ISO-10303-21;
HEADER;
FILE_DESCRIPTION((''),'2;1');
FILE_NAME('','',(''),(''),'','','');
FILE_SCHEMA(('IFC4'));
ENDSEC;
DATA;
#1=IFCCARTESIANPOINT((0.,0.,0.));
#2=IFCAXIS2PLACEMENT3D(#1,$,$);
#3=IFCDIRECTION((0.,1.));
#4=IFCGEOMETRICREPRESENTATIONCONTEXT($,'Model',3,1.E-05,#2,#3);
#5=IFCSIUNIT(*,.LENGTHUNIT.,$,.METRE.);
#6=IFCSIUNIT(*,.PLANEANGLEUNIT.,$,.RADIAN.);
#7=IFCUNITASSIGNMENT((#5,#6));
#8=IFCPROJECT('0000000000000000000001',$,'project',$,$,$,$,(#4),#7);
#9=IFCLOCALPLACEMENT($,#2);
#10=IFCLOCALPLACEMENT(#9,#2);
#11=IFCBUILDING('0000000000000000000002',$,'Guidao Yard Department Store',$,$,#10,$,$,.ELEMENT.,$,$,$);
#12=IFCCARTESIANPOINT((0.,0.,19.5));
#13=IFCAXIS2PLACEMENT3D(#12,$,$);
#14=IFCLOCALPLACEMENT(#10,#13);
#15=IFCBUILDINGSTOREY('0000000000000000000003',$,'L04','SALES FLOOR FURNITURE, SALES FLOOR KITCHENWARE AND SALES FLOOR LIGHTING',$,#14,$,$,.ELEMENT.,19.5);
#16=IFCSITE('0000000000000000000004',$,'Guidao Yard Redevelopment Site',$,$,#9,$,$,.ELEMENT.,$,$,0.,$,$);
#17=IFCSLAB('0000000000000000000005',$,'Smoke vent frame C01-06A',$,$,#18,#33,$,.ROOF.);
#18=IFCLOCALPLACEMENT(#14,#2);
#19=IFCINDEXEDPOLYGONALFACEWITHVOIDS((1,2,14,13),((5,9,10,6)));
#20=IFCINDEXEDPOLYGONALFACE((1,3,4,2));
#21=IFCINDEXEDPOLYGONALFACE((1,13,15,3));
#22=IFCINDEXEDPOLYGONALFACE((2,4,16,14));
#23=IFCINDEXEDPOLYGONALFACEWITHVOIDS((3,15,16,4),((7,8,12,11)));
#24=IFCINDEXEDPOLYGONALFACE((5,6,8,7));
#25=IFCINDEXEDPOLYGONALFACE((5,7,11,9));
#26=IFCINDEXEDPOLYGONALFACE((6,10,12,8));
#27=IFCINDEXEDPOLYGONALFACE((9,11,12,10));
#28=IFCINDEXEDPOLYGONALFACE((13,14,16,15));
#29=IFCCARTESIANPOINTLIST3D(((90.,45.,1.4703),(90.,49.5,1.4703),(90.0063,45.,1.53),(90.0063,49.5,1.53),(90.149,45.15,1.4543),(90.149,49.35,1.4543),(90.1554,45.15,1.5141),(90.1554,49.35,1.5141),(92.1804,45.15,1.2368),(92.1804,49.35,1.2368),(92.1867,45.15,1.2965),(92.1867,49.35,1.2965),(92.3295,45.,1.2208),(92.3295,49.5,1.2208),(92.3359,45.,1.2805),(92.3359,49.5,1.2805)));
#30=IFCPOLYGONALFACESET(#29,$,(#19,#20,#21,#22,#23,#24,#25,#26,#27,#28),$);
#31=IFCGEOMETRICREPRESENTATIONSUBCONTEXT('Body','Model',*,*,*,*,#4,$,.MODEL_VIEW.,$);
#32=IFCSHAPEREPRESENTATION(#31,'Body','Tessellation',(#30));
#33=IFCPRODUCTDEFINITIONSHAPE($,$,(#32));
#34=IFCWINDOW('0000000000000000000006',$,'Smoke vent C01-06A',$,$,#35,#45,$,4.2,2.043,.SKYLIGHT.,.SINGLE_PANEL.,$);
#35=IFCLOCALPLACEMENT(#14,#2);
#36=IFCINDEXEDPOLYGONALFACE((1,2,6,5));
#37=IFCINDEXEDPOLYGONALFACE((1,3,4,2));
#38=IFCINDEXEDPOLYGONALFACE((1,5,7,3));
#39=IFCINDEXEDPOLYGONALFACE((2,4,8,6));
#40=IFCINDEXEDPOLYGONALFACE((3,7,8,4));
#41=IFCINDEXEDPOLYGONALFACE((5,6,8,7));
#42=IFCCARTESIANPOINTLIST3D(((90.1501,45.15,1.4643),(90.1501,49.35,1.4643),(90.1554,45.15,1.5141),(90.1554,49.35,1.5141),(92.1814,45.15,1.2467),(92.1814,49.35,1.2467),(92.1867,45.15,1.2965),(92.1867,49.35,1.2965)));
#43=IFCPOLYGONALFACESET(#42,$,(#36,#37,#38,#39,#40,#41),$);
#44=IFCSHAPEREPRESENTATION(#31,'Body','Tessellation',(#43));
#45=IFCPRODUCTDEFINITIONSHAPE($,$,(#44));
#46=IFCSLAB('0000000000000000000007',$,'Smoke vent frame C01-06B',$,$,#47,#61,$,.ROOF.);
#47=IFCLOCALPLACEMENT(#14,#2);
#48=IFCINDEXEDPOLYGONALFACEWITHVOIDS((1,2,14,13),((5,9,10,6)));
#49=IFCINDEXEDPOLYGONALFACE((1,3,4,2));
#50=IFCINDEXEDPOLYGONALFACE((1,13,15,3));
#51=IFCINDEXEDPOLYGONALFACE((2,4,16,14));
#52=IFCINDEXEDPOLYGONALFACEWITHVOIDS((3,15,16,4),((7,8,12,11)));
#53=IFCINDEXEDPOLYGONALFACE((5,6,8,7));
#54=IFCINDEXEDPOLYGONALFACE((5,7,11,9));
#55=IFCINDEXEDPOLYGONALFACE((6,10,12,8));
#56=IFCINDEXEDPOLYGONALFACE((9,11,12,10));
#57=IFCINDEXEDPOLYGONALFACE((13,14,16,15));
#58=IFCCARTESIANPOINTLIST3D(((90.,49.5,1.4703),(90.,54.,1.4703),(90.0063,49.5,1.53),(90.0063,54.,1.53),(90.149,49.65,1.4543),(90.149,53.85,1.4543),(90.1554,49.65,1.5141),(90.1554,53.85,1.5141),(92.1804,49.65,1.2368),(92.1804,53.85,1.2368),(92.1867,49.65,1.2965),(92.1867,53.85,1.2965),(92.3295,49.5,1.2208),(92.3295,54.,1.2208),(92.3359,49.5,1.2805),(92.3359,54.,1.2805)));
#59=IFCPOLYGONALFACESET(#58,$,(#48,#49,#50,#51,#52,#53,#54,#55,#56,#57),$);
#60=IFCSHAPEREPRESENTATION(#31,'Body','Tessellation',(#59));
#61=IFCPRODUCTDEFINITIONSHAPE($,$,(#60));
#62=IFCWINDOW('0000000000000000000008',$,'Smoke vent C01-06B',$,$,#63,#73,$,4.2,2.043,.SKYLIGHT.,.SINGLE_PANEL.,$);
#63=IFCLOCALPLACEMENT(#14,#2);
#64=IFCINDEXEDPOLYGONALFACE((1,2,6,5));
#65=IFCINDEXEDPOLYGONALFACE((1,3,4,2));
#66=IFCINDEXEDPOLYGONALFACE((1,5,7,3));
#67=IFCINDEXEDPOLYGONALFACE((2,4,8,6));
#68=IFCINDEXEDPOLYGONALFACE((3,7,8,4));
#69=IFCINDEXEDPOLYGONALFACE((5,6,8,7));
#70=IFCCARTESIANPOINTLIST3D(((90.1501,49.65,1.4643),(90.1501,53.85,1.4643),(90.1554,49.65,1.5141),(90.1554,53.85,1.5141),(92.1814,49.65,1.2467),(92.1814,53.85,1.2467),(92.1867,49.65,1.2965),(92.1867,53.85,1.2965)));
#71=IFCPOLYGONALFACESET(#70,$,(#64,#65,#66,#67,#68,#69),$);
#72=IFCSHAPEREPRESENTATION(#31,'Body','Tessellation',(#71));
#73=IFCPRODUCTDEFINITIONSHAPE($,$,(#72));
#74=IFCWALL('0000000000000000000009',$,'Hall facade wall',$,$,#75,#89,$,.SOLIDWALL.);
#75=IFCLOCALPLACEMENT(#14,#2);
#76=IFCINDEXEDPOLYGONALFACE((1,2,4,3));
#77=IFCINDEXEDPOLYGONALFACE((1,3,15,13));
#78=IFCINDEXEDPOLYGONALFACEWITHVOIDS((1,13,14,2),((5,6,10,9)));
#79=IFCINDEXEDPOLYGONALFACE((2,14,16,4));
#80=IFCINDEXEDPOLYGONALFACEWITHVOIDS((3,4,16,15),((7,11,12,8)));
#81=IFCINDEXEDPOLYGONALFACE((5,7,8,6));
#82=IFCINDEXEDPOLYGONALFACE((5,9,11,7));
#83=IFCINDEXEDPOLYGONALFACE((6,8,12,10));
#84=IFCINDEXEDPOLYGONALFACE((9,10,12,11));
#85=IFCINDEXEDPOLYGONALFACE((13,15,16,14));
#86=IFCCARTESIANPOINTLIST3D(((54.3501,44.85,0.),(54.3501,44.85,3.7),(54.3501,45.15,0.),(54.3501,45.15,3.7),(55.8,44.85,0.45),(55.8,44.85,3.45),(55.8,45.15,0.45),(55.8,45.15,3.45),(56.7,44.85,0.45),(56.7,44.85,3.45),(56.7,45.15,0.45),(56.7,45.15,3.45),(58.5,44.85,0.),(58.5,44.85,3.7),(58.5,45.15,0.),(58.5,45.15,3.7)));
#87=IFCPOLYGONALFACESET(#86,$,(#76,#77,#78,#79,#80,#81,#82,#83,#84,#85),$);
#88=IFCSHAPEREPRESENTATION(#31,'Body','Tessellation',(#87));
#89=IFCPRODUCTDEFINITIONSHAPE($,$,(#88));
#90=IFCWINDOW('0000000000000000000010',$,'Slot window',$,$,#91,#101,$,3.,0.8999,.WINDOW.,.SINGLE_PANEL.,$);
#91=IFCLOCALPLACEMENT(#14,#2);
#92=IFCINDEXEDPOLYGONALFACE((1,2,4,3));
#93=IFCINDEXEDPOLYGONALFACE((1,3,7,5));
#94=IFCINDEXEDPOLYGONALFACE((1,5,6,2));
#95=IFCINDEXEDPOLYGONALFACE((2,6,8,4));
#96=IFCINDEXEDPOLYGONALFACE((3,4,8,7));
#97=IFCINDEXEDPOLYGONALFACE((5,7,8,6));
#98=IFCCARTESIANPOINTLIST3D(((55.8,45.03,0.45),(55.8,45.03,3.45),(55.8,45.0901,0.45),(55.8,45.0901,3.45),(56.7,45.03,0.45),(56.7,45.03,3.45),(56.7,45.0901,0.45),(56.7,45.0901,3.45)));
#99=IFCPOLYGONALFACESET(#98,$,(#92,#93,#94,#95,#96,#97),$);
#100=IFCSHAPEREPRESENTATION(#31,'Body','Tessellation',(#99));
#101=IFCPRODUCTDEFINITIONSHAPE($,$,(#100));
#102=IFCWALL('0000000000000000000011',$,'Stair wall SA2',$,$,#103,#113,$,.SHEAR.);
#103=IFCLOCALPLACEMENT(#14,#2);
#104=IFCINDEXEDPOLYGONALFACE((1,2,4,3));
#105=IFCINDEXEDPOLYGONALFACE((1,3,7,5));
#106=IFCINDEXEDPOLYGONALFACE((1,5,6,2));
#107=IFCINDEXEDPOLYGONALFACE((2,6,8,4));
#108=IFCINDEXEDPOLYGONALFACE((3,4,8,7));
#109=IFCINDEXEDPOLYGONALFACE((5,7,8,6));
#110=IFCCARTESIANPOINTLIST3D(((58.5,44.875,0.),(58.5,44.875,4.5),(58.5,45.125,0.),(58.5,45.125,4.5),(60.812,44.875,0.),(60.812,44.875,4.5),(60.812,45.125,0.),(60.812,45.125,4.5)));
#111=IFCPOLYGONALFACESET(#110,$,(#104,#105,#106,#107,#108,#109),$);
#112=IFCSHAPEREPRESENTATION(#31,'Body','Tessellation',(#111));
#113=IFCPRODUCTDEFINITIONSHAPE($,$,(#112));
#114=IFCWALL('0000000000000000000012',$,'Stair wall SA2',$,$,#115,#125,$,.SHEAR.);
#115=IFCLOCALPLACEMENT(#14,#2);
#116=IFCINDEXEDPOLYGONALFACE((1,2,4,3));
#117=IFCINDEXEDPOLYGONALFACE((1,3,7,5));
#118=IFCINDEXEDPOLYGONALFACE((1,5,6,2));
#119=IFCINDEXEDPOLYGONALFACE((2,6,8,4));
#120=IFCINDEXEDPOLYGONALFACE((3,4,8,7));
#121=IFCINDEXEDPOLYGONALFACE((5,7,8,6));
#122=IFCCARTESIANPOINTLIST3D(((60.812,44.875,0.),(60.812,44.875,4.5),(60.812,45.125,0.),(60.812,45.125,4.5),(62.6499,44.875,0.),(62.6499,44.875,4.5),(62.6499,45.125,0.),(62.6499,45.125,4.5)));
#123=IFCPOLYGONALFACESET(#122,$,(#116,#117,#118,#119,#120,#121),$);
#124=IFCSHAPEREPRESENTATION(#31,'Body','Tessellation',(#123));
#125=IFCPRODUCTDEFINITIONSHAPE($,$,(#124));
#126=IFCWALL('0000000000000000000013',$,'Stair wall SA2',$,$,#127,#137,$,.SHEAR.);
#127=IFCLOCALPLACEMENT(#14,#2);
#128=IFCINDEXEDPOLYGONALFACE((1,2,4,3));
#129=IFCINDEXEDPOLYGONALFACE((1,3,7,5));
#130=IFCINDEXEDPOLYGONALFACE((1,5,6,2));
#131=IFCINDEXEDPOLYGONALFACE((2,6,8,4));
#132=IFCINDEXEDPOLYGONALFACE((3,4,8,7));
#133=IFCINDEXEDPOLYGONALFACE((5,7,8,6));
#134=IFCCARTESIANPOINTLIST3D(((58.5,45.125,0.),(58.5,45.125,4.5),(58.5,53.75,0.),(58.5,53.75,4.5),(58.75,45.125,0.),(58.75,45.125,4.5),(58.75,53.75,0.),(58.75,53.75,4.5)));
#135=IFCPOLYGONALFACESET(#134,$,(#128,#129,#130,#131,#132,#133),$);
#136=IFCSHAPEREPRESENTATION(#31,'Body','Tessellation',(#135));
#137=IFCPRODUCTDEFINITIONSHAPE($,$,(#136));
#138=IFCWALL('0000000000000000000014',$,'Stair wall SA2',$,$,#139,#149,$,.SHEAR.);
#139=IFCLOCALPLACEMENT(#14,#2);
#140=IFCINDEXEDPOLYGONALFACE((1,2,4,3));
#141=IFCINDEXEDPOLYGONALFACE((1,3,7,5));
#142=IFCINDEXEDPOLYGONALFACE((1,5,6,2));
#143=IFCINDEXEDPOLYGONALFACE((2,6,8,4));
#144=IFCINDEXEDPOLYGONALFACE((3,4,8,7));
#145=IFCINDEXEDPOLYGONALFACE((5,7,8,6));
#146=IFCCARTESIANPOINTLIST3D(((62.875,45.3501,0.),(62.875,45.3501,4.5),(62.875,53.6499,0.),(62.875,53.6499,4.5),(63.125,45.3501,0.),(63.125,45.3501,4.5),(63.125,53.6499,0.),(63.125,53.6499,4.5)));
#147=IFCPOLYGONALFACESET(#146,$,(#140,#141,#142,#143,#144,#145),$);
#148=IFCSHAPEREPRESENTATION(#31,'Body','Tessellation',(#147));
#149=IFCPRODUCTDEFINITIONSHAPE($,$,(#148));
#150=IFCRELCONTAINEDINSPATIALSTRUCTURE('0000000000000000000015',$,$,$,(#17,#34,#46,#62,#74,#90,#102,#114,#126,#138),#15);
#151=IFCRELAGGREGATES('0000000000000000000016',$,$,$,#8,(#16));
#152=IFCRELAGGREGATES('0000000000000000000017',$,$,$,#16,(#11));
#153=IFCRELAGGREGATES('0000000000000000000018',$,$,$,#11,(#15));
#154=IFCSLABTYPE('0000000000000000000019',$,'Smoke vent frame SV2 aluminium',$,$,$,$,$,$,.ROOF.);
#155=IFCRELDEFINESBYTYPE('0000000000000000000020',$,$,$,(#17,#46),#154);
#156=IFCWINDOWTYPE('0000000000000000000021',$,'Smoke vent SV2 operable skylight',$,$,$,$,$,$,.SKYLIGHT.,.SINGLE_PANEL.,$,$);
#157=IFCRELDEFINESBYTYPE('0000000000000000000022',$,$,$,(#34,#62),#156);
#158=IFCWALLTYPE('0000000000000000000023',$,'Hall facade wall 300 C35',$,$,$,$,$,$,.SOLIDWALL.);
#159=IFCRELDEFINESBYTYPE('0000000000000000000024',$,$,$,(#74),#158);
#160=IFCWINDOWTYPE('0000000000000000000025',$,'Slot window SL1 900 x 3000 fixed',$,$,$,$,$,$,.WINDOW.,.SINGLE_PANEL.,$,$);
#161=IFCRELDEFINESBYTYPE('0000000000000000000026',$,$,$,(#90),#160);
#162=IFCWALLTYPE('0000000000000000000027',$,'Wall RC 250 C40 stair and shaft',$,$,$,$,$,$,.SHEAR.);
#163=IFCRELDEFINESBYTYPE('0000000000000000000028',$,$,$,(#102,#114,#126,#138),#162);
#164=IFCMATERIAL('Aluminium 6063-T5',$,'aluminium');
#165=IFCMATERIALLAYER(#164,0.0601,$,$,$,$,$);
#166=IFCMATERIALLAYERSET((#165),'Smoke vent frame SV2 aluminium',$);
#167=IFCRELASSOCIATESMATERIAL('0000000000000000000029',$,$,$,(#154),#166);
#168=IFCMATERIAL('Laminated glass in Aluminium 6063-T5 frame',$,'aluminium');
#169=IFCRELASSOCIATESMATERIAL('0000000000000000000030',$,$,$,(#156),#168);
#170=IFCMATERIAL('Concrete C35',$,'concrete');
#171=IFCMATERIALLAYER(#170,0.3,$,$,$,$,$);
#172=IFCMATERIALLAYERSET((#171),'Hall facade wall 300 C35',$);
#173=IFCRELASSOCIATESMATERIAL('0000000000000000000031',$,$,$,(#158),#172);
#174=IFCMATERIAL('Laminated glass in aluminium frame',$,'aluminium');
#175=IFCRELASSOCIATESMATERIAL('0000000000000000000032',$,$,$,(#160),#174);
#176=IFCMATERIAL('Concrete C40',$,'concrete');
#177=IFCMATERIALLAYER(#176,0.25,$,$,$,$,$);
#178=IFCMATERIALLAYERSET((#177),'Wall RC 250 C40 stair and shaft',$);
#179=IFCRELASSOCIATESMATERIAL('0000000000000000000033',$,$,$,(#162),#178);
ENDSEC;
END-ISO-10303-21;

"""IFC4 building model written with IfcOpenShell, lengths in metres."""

from ifc_helpers import new_model, si_unit, direction, frame, frame_2d, origin, origin_2d, place, context, subcontext, project, spatial, polyline, rectangle, outline, extrude, material, layer, layer_set, type_object, element, fill, save


model = new_model("IFC4")

# Units and contexts
model_context = context("Model", 3, precision=1e-05, world=origin(), true_north=direction((0.0, 1.0)))
body_context = subcontext(model_context, "Body", "Model", "MODEL_VIEW")
ifc_project = project(units=[si_unit("LENGTHUNIT", "METRE"), si_unit("PLANEANGLEUNIT", "RADIAN")], contexts=[model_context])

# Site, building, storey
site_placement = place(None, origin())
site = spatial("IfcSite", under=ifc_project, at=site_placement, Name="Guidao Yard Redevelopment Site", CompositionType="ELEMENT", RefElevation=0.0)
building_placement = place(site_placement, origin())
building = spatial("IfcBuilding", under=site, at=building_placement, Name="Guidao Yard Department Store", CompositionType="ELEMENT")
storey_placement = place(building_placement, frame((0.0, 0.0, 19.5)))
storey = spatial("IfcBuildingStorey", under=building, at=storey_placement, Name="L04", Description="SALES FLOOR FURNITURE, SALES FLOOR KITCHENWARE AND SALES FLOOR LIGHTING", CompositionType="ELEMENT", Elevation=19.5)

# Slabs, openings, windows
ifc_material_1 = material(Name="Aluminium 6063-T5", Category="aluminium")
ifc_layer_1 = layer(ifc_material_1, 0.0601)
ifc_layer_set_1 = layer_set([ifc_layer_1], Name="Smoke vent frame SV2 aluminium")
slab_type = type_object("IfcSlabType", Name="Smoke vent frame SV2 aluminium", PredefinedType="ROOF", material=ifc_layer_set_1)
ifc_material_2 = material(Name="Laminated glass in Aluminium 6063-T5 frame", Category="aluminium")
window_type_1 = type_object("IfcWindowType", Name="Smoke vent SV2 operable skylight", PartitioningType="SINGLE_PANEL", PredefinedType="SKYLIGHT", material=ifc_material_2)
slab_1_placement = place(storey_placement, frame((90.0063, 45.0, 1.53), z_axis=(0.106496, 0.0, 0.994313), x_axis=(0.994313, 0.0, -0.106496)))
slab_1 = element("IfcSlab", 1, at=slab_1_placement, inside=storey, type_object=slab_type, Name="Smoke vent frame C01-06A", PredefinedType="ROOF", context=body_context, shape_type="SweptSolid", body=[
    extrude(outline(polyline([(0.0, 0.0), (2.3429, 0.0), (2.3429, 4.5), (0.0, 4.5), (0.0, 0.0)])), origin(), (0.0, 0.0, -1.0), 0.0601),
])
opening_1_placement = place(slab_1_placement, frame((1.1714, 2.25, 0.0)))
opening_1 = element("IfcOpeningElement", 2, at=opening_1_placement, cuts=slab_1, PredefinedType="OPENING", context=body_context, shape_type="SweptSolid", body=[
    extrude(rectangle(XDim=2.043, YDim=4.2, at=origin_2d()), frame((0.0, 0.0, 0.01)), (0.0, 0.0, -1.0), 0.0801),
])
window_1_placement = place(opening_1_placement, frame((0.0, 0.0, -0.05)))
window_1 = element("IfcWindow", 3, at=window_1_placement, inside=storey, type_object=window_type_1, Name="Smoke vent C01-06A", OverallHeight=4.2, OverallWidth=2.043, PartitioningType="SINGLE_PANEL", PredefinedType="SKYLIGHT", context=body_context, shape_type="SweptSolid", body=[
    extrude(rectangle(XDim=2.043, YDim=4.2, at=origin_2d()), origin(), (0.0, 0.0, 1.0), 0.05),
])
fill(opening_1, window_1)
slab_2_placement = place(storey_placement, frame((90.0063, 49.5, 1.53), z_axis=(0.106496, 0.0, 0.994313), x_axis=(0.994313, 0.0, -0.106496)))
slab_2 = element("IfcSlab", 4, at=slab_2_placement, inside=storey, type_object=slab_type, Name="Smoke vent frame C01-06B", PredefinedType="ROOF", context=body_context, shape_type="SweptSolid", body=[
    extrude(outline(polyline([(0.0, 0.0), (2.3429, 0.0), (2.3429, 4.5), (0.0, 4.5), (0.0, 0.0)])), origin(), (0.0, 0.0, -1.0), 0.0601),
])
opening_2_placement = place(slab_2_placement, frame((1.1714, 2.25, 0.0)))
opening_2 = element("IfcOpeningElement", 5, at=opening_2_placement, cuts=slab_2, PredefinedType="OPENING", context=body_context, shape_type="SweptSolid", body=[
    extrude(rectangle(XDim=2.043, YDim=4.2, at=origin_2d()), frame((0.0, 0.0, 0.01)), (0.0, 0.0, -1.0), 0.0801),
])
window_2_placement = place(opening_2_placement, frame((0.0, 0.0, -0.05)))
window_2 = element("IfcWindow", 6, at=window_2_placement, inside=storey, type_object=window_type_1, Name="Smoke vent C01-06B", OverallHeight=4.2, OverallWidth=2.043, PartitioningType="SINGLE_PANEL", PredefinedType="SKYLIGHT", context=body_context, shape_type="SweptSolid", body=[
    extrude(rectangle(XDim=2.043, YDim=4.2, at=origin_2d()), origin(), (0.0, 0.0, 1.0), 0.05),
])
fill(opening_2, window_2)

# Wall, opening, window
ifc_material_3 = material(Name="Concrete C35", Category="concrete")
ifc_layer_2 = layer(ifc_material_3, 0.3)
ifc_layer_set_2 = layer_set([ifc_layer_2], Name="Hall facade wall 300 C35")
wall_type_1 = type_object("IfcWallType", Name="Hall facade wall 300 C35", PredefinedType="SOLIDWALL", material=ifc_layer_set_2)
wall_1_placement = place(storey_placement, frame((58.5, 45.0, 0.0), z_axis=(0.0, 0.0, 1.0), x_axis=(-1.0, 0.0, 0.0)))
wall_1 = element("IfcWall", 7, at=wall_1_placement, inside=storey, type_object=wall_type_1, Name="Hall facade wall", PredefinedType="SOLIDWALL", context=body_context, shape_type="SweptSolid", body=[
    extrude(rectangle(XDim=4.1499, YDim=0.3, at=frame_2d((2.075, 0.0))), origin(), (0.0, 0.0, 1.0), 3.7),
])
opening_3_placement = place(wall_1_placement, frame((1.8, 0.0, 0.45)))
opening_3 = element("IfcOpeningElement", 8, at=opening_3_placement, cuts=wall_1, PredefinedType="OPENING", context=body_context, shape_type="SweptSolid", body=[
    extrude(rectangle(XDim=0.8999, YDim=3.0, at=frame_2d((0.45, 1.5))), frame((0.0, 0.1599, 0.0), z_axis=(0.0, -1.0, 0.0), x_axis=(1.0, 0.0, 0.0)), (0.0, 0.0, 1.0), 0.3201),
])
ifc_material_4 = material(Name="Laminated glass in aluminium frame", Category="aluminium")
window_type_2 = type_object("IfcWindowType", Name="Slot window SL1 900 x 3000 fixed", PartitioningType="SINGLE_PANEL", PredefinedType="WINDOW", material=ifc_material_4)
window_3_placement = place(opening_3_placement, origin())
window_3 = element("IfcWindow", 9, at=window_3_placement, inside=storey, type_object=window_type_2, Name="Slot window", OverallHeight=3.0, OverallWidth=0.8999, PartitioningType="SINGLE_PANEL", PredefinedType="WINDOW", context=body_context, shape_type="SweptSolid", body=[
    extrude(rectangle(XDim=0.8999, YDim=3.0, at=frame_2d((0.45, 1.5))), frame((0.0, -0.03, 0.0), z_axis=(0.0, -1.0, 0.0), x_axis=(1.0, 0.0, 0.0)), (0.0, 0.0, 1.0), 0.0601),
])
fill(opening_3, window_3)

# Walls
ifc_material_5 = material(Name="Concrete C40", Category="concrete")
ifc_layer_3 = layer(ifc_material_5, 0.25)
ifc_layer_set_3 = layer_set([ifc_layer_3], Name="Wall RC 250 C40 stair and shaft")
wall_type_2 = type_object("IfcWallType", Name="Wall RC 250 C40 stair and shaft", PredefinedType="SHEAR", material=ifc_layer_set_3)
wall_2_placement = place(storey_placement, frame((58.5, 45.0, 0.0), z_axis=(0.0, 0.0, 1.0), x_axis=(1.0, 0.0, 0.0)))
element("IfcWall", 10, at=wall_2_placement, inside=storey, type_object=wall_type_2, Name="Stair wall SA2", PredefinedType="SHEAR", context=body_context, shape_type="SweptSolid", body=[
    extrude(rectangle(XDim=2.312, YDim=0.25, at=frame_2d((1.156, 0.0))), origin(), (0.0, 0.0, 1.0), 4.5),
])
wall_3_placement = place(storey_placement, frame((60.812, 45.0, 0.0), z_axis=(0.0, 0.0, 1.0), x_axis=(1.0, 0.0, 0.0)))
element("IfcWall", 11, at=wall_3_placement, inside=storey, type_object=wall_type_2, Name="Stair wall SA2", PredefinedType="SHEAR", context=body_context, shape_type="SweptSolid", body=[
    extrude(rectangle(XDim=1.8379, YDim=0.25, at=frame_2d((0.9189, 0.0))), origin(), (0.0, 0.0, 1.0), 4.5),
])
wall_4_placement = place(storey_placement, frame((58.625, 45.125, 0.0), z_axis=(0.0, 0.0, 1.0), x_axis=(0.0, 1.0, 0.0)))
element("IfcWall", 12, at=wall_4_placement, inside=storey, type_object=wall_type_2, Name="Stair wall SA2", PredefinedType="SHEAR", context=body_context, shape_type="SweptSolid", body=[
    extrude(rectangle(XDim=8.625, YDim=0.25, at=frame_2d((4.3125, 0.0))), origin(), (0.0, 0.0, 1.0), 4.5),
])
wall_5_placement = place(storey_placement, frame((63.0, 45.3501, 0.0), z_axis=(0.0, 0.0, 1.0), x_axis=(0.0, 1.0, 0.0)))
element("IfcWall", 13, at=wall_5_placement, inside=storey, type_object=wall_type_2, Name="Stair wall SA2", PredefinedType="SHEAR", context=body_context, shape_type="SweptSolid", body=[
    extrude(rectangle(XDim=8.2998, YDim=0.25, at=frame_2d((4.1499, 0.0))), origin(), (0.0, 0.0, 1.0), 4.5),
])

save(model, "model.ifc")
